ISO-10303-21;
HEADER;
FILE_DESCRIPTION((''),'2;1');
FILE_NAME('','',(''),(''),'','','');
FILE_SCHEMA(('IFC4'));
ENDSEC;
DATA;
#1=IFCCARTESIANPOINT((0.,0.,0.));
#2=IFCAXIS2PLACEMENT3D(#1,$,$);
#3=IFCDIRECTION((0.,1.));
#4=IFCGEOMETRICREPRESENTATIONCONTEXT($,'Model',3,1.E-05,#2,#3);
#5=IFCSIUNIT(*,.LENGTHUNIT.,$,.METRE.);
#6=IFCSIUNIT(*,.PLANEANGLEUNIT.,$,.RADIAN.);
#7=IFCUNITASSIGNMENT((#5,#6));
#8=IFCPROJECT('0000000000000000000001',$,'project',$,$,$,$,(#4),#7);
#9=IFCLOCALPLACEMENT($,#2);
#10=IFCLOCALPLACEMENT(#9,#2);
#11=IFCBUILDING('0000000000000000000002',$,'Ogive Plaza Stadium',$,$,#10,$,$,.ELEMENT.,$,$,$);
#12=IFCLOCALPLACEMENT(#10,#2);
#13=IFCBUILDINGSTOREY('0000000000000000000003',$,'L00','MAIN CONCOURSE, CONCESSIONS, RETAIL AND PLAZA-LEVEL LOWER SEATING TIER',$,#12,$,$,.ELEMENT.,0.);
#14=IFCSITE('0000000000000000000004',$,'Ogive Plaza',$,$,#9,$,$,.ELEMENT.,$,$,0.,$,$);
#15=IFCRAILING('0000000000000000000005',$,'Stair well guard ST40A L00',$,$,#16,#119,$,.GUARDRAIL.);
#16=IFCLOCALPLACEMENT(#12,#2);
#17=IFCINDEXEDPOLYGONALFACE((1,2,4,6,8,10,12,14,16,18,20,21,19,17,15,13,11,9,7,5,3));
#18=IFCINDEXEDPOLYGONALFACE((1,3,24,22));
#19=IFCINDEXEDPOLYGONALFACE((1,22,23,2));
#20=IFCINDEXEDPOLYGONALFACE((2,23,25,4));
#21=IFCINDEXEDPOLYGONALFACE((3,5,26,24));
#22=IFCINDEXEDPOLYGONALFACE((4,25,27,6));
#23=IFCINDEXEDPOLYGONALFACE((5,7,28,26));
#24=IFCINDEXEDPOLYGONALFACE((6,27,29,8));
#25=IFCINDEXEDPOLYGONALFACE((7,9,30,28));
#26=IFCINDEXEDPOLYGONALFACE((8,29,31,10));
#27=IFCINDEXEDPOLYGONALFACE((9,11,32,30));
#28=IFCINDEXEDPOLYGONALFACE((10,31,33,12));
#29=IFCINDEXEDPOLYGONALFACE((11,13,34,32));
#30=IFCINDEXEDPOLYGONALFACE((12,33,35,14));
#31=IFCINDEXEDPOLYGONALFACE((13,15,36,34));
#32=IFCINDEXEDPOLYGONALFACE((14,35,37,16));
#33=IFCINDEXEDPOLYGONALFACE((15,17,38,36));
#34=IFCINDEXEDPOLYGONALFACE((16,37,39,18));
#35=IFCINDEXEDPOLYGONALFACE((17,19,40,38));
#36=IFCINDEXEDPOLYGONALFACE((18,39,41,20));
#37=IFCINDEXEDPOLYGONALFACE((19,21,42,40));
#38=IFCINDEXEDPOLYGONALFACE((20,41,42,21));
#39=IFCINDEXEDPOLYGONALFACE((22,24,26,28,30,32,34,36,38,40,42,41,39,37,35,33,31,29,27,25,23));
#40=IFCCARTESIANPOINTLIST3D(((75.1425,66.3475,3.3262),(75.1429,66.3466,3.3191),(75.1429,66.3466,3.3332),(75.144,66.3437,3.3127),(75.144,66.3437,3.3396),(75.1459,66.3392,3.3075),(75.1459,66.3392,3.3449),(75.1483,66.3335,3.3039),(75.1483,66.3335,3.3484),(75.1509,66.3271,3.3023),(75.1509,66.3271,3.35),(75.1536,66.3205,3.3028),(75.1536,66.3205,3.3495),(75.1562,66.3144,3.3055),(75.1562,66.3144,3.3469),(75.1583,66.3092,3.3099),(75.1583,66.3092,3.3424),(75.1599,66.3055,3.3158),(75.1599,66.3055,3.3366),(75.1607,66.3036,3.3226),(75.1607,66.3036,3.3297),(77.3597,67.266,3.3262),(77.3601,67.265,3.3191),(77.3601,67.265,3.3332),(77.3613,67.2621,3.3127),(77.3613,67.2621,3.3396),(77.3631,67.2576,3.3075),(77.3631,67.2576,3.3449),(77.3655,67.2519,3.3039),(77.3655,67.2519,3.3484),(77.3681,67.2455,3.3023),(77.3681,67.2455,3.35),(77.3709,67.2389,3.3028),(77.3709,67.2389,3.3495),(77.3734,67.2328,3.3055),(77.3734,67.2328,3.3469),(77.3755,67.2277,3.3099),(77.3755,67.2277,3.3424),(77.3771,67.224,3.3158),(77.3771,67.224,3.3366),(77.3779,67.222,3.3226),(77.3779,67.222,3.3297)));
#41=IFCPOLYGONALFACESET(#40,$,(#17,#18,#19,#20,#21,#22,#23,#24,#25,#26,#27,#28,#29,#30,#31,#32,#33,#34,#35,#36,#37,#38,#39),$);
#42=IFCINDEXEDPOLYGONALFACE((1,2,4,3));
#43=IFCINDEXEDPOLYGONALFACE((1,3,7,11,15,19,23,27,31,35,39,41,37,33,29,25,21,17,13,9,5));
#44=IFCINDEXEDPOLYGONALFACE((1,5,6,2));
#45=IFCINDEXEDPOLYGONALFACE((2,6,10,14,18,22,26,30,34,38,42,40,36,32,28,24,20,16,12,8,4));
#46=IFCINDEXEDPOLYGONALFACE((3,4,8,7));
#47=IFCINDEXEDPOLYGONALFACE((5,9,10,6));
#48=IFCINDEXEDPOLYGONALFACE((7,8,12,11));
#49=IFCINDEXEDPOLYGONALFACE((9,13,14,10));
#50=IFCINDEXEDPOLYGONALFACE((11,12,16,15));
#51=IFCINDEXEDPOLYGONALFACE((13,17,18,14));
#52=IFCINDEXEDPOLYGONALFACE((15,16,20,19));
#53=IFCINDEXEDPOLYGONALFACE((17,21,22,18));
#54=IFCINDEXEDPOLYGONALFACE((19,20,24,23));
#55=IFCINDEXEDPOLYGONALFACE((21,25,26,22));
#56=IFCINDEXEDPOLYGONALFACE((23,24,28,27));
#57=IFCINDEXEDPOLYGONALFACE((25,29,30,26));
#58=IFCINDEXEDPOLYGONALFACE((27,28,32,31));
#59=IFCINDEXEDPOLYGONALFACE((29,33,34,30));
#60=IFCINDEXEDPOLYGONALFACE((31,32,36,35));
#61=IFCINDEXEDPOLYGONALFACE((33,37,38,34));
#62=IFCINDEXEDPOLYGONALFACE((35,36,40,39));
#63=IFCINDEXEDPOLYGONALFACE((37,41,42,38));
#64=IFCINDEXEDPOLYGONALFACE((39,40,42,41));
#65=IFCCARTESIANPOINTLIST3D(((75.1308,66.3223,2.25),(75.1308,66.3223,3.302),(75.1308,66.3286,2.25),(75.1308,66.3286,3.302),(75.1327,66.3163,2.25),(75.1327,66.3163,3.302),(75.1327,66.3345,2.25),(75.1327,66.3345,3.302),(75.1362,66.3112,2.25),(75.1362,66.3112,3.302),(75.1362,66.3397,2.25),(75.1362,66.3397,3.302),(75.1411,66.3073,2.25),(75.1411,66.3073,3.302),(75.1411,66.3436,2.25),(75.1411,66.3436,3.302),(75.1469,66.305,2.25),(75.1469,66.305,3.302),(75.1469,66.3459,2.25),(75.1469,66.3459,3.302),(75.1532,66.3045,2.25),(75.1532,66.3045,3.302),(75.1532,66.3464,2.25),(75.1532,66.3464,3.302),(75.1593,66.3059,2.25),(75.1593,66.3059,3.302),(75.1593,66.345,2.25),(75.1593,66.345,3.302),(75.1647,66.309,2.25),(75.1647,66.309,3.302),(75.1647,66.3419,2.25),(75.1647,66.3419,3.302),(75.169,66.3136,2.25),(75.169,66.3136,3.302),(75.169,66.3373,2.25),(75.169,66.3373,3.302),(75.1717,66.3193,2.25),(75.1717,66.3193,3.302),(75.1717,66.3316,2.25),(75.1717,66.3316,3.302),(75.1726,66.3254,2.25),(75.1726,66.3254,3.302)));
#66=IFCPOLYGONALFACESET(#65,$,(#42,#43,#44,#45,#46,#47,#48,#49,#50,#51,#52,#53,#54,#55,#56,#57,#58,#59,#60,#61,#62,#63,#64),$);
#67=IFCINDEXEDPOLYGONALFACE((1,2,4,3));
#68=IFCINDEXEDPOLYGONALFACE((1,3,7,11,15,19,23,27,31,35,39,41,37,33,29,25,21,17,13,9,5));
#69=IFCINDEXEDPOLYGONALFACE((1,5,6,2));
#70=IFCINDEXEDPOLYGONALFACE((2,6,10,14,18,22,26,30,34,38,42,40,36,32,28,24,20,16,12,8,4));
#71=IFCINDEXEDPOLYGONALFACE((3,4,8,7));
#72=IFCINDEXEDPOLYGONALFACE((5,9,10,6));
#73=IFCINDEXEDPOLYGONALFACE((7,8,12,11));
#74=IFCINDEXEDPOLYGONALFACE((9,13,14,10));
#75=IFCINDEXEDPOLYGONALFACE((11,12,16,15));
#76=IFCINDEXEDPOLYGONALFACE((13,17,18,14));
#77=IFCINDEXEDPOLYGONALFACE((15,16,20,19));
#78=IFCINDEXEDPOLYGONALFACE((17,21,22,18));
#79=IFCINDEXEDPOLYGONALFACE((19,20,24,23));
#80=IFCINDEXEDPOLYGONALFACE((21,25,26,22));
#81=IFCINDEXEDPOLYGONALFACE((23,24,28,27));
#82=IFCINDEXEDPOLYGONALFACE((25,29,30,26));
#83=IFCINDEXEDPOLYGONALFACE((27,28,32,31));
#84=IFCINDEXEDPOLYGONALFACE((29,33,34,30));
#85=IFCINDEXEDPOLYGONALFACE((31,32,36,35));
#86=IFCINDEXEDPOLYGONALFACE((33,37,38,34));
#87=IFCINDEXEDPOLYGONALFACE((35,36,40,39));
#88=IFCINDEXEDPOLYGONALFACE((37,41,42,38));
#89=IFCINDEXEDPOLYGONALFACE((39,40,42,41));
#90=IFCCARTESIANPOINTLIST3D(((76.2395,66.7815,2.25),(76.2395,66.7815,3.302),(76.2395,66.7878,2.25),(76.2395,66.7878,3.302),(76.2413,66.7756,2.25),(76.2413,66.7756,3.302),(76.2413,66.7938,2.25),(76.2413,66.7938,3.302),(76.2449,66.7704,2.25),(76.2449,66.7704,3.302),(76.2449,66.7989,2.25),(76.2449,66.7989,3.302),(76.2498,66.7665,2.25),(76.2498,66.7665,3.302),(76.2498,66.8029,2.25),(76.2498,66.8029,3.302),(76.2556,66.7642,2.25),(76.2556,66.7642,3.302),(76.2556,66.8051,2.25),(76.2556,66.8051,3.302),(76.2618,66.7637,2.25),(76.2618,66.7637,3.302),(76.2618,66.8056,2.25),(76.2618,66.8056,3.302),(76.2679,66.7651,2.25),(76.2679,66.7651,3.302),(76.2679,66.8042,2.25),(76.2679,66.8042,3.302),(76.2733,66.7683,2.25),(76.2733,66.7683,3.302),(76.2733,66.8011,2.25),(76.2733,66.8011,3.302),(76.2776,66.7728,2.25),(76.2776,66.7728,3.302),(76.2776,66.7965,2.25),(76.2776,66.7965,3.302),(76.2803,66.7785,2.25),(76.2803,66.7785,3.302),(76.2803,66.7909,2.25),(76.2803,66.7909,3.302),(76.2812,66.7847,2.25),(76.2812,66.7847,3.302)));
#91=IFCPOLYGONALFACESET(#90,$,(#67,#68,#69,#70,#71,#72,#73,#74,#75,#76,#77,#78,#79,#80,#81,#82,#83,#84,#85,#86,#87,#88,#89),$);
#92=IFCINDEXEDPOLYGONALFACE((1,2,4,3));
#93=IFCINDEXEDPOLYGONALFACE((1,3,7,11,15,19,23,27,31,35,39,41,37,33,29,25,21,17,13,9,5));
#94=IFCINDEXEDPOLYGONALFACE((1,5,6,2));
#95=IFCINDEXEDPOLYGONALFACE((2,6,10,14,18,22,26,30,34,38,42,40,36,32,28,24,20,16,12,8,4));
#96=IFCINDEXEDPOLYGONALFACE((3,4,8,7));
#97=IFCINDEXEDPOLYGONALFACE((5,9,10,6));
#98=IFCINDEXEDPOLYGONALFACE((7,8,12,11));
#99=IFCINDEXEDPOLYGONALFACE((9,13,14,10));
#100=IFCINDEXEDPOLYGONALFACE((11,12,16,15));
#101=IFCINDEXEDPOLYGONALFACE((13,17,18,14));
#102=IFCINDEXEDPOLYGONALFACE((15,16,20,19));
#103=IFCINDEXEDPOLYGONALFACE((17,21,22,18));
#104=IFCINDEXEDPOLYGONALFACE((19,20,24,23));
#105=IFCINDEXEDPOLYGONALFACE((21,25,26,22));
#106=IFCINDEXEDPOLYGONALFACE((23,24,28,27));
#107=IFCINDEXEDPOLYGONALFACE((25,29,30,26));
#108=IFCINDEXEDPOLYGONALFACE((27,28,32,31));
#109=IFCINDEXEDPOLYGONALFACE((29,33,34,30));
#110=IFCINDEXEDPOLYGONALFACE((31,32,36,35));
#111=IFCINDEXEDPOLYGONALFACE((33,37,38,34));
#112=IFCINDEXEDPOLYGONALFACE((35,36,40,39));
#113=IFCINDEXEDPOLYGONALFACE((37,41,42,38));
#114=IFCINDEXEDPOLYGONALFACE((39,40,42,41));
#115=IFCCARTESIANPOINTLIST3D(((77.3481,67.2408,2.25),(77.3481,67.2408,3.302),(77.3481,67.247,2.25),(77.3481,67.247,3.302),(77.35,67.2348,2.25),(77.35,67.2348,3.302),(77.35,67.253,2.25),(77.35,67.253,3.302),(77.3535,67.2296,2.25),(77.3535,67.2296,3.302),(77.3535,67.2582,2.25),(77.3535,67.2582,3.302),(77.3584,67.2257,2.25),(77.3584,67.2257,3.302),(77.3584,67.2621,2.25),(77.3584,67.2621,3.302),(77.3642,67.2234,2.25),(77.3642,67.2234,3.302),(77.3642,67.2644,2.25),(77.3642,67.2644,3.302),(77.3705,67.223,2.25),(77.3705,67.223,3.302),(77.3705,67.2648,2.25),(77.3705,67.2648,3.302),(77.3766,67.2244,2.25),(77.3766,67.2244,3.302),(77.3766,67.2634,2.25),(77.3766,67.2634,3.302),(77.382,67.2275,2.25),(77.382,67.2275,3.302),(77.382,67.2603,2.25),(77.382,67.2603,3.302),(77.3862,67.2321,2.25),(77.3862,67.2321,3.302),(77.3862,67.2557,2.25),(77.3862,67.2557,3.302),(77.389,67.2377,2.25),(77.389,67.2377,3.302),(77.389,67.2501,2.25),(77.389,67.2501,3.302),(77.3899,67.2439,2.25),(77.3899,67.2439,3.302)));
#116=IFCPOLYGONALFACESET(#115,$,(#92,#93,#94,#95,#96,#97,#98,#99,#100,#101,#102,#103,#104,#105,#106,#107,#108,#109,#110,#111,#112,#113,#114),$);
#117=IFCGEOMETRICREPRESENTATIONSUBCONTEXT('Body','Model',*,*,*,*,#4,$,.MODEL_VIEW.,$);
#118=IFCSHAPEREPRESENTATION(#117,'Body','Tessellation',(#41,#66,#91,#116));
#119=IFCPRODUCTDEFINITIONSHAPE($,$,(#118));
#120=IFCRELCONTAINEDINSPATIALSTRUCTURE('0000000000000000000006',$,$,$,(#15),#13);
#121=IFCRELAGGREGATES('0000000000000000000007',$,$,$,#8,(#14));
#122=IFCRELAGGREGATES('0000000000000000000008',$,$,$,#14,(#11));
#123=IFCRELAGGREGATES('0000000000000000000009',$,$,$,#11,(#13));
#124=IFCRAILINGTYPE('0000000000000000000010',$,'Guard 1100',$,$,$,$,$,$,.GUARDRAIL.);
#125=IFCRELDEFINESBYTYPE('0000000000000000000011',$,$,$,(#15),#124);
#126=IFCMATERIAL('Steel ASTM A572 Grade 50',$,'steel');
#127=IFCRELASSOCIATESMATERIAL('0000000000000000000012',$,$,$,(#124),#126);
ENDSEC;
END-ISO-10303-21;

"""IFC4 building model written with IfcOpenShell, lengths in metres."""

from ifc_helpers import new_model, si_unit, direction, frame, origin, origin_2d, place, context, subcontext, project, spatial, circle, extrude, material, type_object, element, save


model = new_model("IFC4")

# Units and contexts
model_context = context("Model", 3, precision=1e-05, world=origin(), true_north=direction((0.0, 1.0)))
body_context = subcontext(model_context, "Body", "Model", "MODEL_VIEW")
ifc_project = project(units=[si_unit("LENGTHUNIT", "METRE"), si_unit("PLANEANGLEUNIT", "RADIAN")], contexts=[model_context])

# Site, building, storey
site_placement = place(None, origin())
site = spatial("IfcSite", under=ifc_project, at=site_placement, Name="Ogive Plaza", CompositionType="ELEMENT", RefElevation=0.0)
building_placement = place(site_placement, origin())
building = spatial("IfcBuilding", under=site, at=building_placement, Name="Ogive Plaza Stadium", CompositionType="ELEMENT")
storey_placement = place(building_placement, origin())
storey = spatial("IfcBuildingStorey", under=building, at=storey_placement, Name="L00", Description="MAIN CONCOURSE, CONCESSIONS, RETAIL AND PLAZA-LEVEL LOWER SEATING TIER", CompositionType="ELEMENT", Elevation=0.0)

# Railing
ifc_material_1 = material(Name="Steel ASTM A572 Grade 50", Category="steel")
railing_type_1 = type_object("IfcRailingType", Name="Guard 1100", PredefinedType="GUARDRAIL", material=ifc_material_1)
railing_1_placement = place(storey_placement, frame((75.1516, 66.3254, 2.25)))
element("IfcRailing", 1, at=railing_1_placement, inside=storey, type_object=railing_type_1, Name="Stair well guard ST40A L00", PredefinedType="GUARDRAIL", context=body_context, shape_type="SweptSolid", body=[
    extrude(circle(Radius=0.0239, at=origin_2d()), frame((0.0, 0.0, 1.0762), z_axis=(0.923875, 0.382693, 0.0), x_axis=(-0.382693, 0.923875, 0.0)), (0.0, 0.0, 1.0), 2.3999),
    extrude(circle(Radius=0.021, at=origin_2d()), origin(), (0.0, 0.0, 1.0), 1.052),
    extrude(circle(Radius=0.021, at=origin_2d()), frame((1.1086, 0.4592, 0.0)), (0.0, 0.0, 1.0), 1.052),
    extrude(circle(Radius=0.021, at=origin_2d()), frame((2.2173, 0.9185, 0.0)), (0.0, 0.0, 1.0), 1.052),
])

save(model, "model.ifc")
